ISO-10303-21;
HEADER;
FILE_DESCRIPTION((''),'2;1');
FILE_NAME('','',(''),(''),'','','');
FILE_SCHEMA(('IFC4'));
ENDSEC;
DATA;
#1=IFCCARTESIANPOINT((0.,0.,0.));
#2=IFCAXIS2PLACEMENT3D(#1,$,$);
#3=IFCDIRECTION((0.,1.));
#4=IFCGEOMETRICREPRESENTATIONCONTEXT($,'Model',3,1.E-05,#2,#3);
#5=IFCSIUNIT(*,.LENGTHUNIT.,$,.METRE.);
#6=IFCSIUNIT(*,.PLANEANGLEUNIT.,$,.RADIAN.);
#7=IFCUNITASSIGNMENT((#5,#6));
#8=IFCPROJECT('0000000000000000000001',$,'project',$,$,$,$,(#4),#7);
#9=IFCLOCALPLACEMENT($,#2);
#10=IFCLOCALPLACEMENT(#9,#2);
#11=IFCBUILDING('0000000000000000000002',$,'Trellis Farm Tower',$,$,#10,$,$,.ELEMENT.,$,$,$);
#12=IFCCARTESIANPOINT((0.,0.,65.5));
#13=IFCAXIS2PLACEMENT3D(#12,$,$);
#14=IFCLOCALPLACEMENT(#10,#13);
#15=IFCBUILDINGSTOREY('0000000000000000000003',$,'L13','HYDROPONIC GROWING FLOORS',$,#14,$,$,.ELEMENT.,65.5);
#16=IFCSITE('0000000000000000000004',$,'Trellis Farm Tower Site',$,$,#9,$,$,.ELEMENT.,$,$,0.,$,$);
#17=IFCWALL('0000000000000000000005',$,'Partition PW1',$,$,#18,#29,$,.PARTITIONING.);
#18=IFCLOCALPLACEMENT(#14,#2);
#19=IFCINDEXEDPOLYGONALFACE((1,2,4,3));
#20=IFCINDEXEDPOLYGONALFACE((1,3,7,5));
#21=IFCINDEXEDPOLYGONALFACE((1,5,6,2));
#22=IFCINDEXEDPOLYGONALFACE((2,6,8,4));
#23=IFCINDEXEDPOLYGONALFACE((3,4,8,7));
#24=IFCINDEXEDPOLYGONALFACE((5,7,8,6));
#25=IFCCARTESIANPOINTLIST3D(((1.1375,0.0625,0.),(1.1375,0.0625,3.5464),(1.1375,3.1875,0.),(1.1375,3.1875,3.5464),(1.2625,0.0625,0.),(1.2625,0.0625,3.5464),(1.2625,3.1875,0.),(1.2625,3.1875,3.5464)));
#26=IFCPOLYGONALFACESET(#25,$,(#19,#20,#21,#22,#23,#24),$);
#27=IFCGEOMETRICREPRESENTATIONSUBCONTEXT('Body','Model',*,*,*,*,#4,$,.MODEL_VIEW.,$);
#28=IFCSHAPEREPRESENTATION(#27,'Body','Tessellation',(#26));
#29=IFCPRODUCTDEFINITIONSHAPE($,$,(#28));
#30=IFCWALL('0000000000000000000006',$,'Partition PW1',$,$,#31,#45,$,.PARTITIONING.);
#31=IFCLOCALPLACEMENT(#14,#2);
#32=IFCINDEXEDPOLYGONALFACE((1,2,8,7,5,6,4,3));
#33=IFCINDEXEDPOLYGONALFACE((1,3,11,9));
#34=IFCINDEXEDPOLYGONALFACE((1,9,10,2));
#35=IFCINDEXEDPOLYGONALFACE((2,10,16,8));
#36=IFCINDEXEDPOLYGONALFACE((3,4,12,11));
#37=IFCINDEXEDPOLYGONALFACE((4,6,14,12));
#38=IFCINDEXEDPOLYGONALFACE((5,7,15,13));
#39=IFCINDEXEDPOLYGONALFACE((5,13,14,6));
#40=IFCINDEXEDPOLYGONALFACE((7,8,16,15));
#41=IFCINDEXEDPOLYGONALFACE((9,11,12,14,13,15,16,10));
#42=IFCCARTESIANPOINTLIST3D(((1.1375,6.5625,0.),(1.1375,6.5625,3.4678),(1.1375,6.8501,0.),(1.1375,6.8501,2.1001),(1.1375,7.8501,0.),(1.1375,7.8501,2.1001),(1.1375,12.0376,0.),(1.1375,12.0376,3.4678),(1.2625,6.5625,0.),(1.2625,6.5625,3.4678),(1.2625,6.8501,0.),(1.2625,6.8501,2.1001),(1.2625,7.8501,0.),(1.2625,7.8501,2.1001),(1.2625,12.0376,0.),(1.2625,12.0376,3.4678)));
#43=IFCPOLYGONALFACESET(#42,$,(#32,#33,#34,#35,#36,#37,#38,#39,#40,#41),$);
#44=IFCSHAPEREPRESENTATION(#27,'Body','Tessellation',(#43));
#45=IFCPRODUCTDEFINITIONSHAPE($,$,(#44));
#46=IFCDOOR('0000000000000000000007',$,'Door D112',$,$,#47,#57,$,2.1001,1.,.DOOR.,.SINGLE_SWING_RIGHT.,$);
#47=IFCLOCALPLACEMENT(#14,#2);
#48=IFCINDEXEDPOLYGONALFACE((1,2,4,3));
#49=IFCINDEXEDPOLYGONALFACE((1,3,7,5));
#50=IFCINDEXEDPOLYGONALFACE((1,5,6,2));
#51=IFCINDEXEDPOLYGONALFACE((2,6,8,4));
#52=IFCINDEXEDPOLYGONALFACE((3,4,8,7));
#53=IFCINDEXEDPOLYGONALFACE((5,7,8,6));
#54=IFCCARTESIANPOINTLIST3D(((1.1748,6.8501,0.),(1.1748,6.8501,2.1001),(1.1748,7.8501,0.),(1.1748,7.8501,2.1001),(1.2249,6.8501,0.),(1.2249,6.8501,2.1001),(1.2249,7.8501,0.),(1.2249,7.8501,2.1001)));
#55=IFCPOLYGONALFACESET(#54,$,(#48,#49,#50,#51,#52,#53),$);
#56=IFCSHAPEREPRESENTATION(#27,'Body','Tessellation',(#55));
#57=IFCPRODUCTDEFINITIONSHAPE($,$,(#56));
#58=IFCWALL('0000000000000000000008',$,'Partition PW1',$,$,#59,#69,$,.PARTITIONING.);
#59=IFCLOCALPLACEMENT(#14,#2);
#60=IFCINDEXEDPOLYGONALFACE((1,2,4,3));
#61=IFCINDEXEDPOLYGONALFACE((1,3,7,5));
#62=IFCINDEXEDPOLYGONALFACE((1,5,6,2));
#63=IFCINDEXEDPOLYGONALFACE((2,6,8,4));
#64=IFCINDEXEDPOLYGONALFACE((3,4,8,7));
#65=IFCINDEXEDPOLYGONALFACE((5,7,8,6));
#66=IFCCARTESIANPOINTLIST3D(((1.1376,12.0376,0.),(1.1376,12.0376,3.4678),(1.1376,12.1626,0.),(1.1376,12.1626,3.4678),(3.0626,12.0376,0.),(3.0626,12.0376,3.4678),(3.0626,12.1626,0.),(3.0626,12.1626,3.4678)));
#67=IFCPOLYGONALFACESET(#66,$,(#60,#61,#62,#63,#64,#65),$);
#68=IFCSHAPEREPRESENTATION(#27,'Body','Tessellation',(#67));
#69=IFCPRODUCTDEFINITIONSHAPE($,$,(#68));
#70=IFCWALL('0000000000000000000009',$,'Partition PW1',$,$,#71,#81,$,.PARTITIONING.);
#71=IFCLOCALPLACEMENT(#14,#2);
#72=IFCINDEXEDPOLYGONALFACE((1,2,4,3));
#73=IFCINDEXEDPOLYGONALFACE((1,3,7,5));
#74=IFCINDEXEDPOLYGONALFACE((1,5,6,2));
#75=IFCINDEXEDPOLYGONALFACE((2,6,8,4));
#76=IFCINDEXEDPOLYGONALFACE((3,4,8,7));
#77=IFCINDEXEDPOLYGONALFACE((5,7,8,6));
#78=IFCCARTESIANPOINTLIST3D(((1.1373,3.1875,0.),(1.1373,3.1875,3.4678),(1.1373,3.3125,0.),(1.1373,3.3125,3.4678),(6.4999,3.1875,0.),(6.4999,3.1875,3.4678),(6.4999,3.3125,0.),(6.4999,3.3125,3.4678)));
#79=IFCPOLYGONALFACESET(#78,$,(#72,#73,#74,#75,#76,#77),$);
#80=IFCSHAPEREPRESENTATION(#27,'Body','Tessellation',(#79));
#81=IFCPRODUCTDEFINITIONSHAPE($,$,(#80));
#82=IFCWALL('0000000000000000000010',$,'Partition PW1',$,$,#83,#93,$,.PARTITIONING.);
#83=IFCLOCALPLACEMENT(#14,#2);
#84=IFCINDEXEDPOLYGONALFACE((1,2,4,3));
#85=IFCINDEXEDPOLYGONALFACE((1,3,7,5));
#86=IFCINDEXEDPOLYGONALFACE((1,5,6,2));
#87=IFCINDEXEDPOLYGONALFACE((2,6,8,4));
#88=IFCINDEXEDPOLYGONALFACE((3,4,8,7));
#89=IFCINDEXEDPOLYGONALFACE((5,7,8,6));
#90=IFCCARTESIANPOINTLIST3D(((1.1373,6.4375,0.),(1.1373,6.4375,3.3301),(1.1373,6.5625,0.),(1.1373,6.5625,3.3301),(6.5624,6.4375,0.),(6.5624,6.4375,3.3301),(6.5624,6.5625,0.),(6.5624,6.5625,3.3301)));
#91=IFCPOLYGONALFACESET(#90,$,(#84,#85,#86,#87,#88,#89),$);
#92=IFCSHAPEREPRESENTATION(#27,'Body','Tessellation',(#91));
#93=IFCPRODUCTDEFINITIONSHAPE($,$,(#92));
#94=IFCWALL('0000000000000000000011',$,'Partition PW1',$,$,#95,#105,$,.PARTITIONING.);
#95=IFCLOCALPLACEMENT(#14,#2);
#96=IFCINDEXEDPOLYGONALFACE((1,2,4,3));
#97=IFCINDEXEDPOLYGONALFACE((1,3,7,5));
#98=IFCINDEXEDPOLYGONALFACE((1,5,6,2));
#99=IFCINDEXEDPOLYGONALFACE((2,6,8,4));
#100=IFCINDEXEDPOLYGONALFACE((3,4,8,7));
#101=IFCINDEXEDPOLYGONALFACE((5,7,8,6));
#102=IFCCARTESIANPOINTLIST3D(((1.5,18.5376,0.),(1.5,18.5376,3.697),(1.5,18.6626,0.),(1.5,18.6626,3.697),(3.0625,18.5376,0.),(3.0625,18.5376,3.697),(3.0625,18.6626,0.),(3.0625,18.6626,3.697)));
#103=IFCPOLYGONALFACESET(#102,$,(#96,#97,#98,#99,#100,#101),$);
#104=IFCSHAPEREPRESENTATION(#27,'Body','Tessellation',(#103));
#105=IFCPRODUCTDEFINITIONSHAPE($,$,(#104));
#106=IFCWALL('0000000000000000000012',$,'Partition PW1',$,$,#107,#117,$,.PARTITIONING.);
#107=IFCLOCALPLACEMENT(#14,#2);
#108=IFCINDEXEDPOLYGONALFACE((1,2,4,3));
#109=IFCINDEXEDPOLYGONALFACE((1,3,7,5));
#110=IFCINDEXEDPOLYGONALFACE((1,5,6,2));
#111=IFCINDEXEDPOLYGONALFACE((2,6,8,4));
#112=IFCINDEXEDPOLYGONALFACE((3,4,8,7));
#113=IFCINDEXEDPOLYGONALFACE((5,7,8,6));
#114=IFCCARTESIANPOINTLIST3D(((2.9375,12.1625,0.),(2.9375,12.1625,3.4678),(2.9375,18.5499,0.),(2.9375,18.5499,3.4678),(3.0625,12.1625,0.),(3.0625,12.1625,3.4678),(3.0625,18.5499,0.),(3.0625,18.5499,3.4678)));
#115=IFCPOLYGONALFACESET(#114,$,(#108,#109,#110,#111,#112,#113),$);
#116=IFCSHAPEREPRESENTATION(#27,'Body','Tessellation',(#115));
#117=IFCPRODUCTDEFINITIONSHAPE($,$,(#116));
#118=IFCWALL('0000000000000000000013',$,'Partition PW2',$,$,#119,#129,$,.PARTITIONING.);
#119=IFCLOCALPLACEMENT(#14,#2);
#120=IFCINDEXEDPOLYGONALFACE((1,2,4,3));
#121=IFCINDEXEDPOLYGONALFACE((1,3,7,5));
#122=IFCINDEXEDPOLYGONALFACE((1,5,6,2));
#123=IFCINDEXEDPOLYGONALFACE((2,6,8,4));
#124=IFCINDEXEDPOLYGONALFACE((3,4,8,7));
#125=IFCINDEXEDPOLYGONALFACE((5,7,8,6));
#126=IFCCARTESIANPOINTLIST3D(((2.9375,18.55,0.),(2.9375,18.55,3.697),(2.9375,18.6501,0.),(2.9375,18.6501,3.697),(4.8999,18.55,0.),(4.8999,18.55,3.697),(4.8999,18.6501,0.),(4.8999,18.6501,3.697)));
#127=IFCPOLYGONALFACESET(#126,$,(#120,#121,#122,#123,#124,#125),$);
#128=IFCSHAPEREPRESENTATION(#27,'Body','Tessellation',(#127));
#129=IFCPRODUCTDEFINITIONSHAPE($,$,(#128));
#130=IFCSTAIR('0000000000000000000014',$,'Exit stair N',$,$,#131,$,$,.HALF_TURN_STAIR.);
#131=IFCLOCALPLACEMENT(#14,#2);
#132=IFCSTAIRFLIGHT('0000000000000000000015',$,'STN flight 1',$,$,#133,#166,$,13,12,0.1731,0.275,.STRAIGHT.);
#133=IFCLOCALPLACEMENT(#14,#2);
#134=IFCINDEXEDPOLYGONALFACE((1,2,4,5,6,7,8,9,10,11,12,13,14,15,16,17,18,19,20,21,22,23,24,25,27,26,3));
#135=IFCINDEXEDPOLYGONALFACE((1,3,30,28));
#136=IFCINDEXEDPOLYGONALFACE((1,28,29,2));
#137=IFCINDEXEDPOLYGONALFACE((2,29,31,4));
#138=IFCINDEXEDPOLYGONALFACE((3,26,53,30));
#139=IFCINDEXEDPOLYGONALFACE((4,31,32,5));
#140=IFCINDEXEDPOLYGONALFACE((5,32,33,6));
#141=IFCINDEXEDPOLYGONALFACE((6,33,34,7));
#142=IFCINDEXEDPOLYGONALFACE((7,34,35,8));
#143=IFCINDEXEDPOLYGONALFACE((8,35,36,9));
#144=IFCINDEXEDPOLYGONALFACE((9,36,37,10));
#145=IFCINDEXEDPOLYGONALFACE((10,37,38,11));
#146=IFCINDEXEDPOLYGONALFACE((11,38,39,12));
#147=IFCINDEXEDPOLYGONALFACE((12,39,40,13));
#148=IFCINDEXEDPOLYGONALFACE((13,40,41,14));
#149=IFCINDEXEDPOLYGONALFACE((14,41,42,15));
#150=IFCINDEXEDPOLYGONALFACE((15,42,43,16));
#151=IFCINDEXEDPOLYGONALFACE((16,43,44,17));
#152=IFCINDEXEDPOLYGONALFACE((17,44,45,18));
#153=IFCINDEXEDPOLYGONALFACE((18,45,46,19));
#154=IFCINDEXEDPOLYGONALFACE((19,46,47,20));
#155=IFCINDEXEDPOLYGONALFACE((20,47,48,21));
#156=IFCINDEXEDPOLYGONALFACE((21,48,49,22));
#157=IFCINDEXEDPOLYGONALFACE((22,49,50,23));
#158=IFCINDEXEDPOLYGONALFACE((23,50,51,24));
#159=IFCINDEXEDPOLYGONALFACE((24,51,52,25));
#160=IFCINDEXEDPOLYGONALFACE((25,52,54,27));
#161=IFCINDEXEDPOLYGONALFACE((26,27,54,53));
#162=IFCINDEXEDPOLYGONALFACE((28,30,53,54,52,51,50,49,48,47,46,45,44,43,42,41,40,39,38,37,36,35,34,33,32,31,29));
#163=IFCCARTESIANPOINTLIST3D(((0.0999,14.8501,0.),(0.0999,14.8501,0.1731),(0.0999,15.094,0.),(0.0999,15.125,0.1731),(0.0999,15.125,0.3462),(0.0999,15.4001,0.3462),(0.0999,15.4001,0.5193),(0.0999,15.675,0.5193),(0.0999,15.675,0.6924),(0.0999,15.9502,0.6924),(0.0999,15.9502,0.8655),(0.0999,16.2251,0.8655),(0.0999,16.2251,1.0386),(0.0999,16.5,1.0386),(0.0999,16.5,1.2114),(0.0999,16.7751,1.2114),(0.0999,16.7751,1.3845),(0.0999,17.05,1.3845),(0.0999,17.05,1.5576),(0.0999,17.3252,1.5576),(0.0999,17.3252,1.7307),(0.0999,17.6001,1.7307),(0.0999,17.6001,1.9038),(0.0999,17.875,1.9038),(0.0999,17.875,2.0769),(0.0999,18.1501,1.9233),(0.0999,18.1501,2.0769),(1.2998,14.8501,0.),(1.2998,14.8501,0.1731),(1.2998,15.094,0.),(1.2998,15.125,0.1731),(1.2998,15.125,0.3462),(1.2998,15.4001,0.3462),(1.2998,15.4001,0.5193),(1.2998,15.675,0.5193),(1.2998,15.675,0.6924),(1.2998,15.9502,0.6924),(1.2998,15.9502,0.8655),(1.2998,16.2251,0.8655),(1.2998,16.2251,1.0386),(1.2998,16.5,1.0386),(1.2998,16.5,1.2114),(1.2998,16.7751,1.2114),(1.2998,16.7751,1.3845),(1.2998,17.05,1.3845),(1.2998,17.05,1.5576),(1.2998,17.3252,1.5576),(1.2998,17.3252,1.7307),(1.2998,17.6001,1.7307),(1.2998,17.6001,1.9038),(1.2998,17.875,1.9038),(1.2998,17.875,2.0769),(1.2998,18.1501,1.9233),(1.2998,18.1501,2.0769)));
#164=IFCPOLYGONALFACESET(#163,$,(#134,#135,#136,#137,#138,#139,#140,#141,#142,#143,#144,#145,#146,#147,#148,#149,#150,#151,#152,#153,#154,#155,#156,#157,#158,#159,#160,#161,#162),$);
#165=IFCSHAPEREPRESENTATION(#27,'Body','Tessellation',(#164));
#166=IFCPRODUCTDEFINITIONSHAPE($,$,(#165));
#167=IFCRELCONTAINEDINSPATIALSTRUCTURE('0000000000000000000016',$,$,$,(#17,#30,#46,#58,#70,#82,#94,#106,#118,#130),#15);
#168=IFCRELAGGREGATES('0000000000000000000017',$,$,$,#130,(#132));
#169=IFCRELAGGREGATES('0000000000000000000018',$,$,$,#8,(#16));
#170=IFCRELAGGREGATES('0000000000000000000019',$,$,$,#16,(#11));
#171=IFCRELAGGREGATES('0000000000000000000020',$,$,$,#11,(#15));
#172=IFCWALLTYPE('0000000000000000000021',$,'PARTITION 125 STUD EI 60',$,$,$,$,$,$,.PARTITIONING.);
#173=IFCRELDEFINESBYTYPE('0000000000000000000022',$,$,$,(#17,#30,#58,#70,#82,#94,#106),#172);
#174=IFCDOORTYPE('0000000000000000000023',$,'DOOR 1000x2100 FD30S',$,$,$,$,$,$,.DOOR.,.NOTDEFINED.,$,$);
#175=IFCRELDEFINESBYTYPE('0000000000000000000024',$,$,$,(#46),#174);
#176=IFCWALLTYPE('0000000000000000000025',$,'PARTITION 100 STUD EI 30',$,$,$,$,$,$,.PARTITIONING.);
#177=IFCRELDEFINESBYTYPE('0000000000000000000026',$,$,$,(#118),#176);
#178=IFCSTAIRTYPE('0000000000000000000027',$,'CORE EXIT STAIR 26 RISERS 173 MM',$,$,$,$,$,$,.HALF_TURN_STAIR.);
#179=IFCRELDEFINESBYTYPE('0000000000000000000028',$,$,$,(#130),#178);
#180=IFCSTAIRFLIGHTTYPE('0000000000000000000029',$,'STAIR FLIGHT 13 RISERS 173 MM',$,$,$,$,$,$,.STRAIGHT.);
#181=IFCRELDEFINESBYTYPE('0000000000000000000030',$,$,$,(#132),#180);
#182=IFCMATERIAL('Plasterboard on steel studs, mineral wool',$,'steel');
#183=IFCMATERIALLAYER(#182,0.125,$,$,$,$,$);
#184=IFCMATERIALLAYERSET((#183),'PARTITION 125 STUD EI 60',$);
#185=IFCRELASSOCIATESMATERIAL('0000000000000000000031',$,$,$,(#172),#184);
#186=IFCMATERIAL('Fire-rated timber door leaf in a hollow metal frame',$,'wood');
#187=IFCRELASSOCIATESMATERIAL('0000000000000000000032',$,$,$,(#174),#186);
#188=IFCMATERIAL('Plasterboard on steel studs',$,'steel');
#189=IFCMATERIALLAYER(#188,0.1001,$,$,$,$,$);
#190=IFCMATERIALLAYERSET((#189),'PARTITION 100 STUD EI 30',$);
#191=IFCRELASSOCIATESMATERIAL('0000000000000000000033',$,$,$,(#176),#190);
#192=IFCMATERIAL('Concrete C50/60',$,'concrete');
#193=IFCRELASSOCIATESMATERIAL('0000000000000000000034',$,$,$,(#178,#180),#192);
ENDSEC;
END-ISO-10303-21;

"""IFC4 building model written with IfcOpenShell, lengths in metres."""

from ifc_helpers import new_model, si_unit, direction, frame, frame_2d, origin, place, context, subcontext, project, spatial, polyline, rectangle, outline, extrude, source, transform, mapped, material, layer, layer_set, type_object, element, fill, aggregate, save


model = new_model("IFC4")

# Units and contexts
model_context = context("Model", 3, precision=1e-05, world=origin(), true_north=direction((0.0, 1.0)))
body_context = subcontext(model_context, "Body", "Model", "MODEL_VIEW")
ifc_project = project(units=[si_unit("LENGTHUNIT", "METRE"), si_unit("PLANEANGLEUNIT", "RADIAN")], contexts=[model_context])

# Site, building, storey
site_placement = place(None, origin())
site = spatial("IfcSite", under=ifc_project, at=site_placement, Name="Trellis Farm Tower Site", CompositionType="ELEMENT", RefElevation=0.0)
building_placement = place(site_placement, origin())
building = spatial("IfcBuilding", under=site, at=building_placement, Name="Trellis Farm Tower", CompositionType="ELEMENT")
storey_placement = place(building_placement, frame((0.0, 0.0, 65.5)))
storey = spatial("IfcBuildingStorey", under=building, at=storey_placement, Name="L13", Description="HYDROPONIC GROWING FLOORS", CompositionType="ELEMENT", Elevation=65.5)

# Shared definitions
placement_1 = place(storey_placement, origin())

# Wall
ifc_material_1 = material(Name="Plasterboard on steel studs, mineral wool", Category="steel")
ifc_layer_1 = layer(ifc_material_1, 0.125)
ifc_layer_set_1 = layer_set([ifc_layer_1], Name="PARTITION 125 STUD EI 60")
wall_type_1 = type_object("IfcWallType", Name="PARTITION 125 STUD EI 60", PredefinedType="PARTITIONING", material=ifc_layer_set_1)
shared_shape_1 = source(origin(), body_context, "Body", "SweptSolid", [
    extrude(rectangle(XDim=3.125, YDim=0.125, at=frame_2d((1.5625, 0.0))), origin(), (0.0, 0.0, 1.0), 3.5464),
])
wall_1_placement = place(storey_placement, frame((1.2, 3.1875, 0.0), z_axis=(0.0, 0.0, 1.0), x_axis=(0.0, -1.0, 0.0)))
element("IfcWall", 1, at=wall_1_placement, inside=storey, type_object=wall_type_1, Name="Partition PW1", PredefinedType="PARTITIONING", context=body_context, shape_type="MappedRepresentation", body=[
    mapped(shared_shape_1, transform((0.0, 0.0, 0.0))),
])

# Wall, opening, door
shared_shape_2 = source(origin(), body_context, "Body", "SweptSolid", [
    extrude(rectangle(XDim=5.4751, YDim=0.125, at=frame_2d((2.7375, 0.0))), origin(), (0.0, 0.0, 1.0), 3.4678),
])
wall_2_placement = place(storey_placement, frame((1.2, 12.0376, 0.0), z_axis=(0.0, 0.0, 1.0), x_axis=(0.0, -1.0, 0.0)))
wall_2 = element("IfcWall", 2, at=wall_2_placement, inside=storey, type_object=wall_type_1, Name="Partition PW1", PredefinedType="PARTITIONING", context=body_context, shape_type="MappedRepresentation", body=[
    mapped(shared_shape_2, transform((0.0, 0.0, 0.0))),
])
shared_shape_3 = source(origin(), body_context, "Body", "SweptSolid", [
    extrude(rectangle(XDim=1.0, YDim=2.1001, at=frame_2d((0.5, 1.05))), frame((0.0, 0.0725, 0.0), z_axis=(0.0, -1.0, 0.0), x_axis=(1.0, 0.0, 0.0)), (0.0, 0.0, 1.0), 0.145),
])
opening_placement = place(wall_2_placement, frame((4.1875, 0.0, 0.0)))
opening = element("IfcOpeningElement", 3, at=opening_placement, cuts=wall_2, PredefinedType="OPENING", context=body_context, shape_type="MappedRepresentation", body=[
    mapped(shared_shape_3, transform((0.0, 0.0, 0.0))),
])
ifc_material_2 = material(Name="Fire-rated timber door leaf in a hollow metal frame", Category="wood")
door_type = type_object("IfcDoorType", Name="DOOR 1000x2100 FD30S", OperationType="NOTDEFINED", PredefinedType="DOOR", material=ifc_material_2)
shared_shape_4 = source(origin(), body_context, "Body", "SweptSolid", [
    extrude(rectangle(XDim=1.0, YDim=2.1001, at=frame_2d((0.5, 1.05))), frame((0.0, 0.0249, 0.0), z_axis=(0.0, -1.0, 0.0), x_axis=(1.0, 0.0, 0.0)), (0.0, 0.0, 1.0), 0.05),
])
door_placement = place(opening_placement, origin())
door = element("IfcDoor", 4, at=door_placement, inside=storey, type_object=door_type, Name="Door D112", OperationType="SINGLE_SWING_RIGHT", OverallHeight=2.1001, OverallWidth=1.0, PredefinedType="DOOR", context=body_context, shape_type="MappedRepresentation", body=[
    mapped(shared_shape_4, transform((0.0, 0.0, 0.0))),
])
fill(opening, door)

# Walls
shared_shape_5 = source(origin(), body_context, "Body", "SweptSolid", [
    extrude(rectangle(XDim=1.925, YDim=0.125, at=frame_2d((0.9624, 0.0))), origin(), (0.0, 0.0, 1.0), 3.4678),
])
wall_3_placement = place(storey_placement, frame((3.0625, 12.1001, 0.0), z_axis=(0.0, 0.0, 1.0), x_axis=(-1.0, 0.0, 0.0)))
element("IfcWall", 5, at=wall_3_placement, inside=storey, type_object=wall_type_1, Name="Partition PW1", PredefinedType="PARTITIONING", context=body_context, shape_type="MappedRepresentation", body=[
    mapped(shared_shape_5, transform((0.0, 0.0, 0.0))),
])
shared_shape_6 = source(origin(), body_context, "Body", "SweptSolid", [
    extrude(rectangle(XDim=5.3625, YDim=0.125, at=frame_2d((2.6812, 0.0))), origin(), (0.0, 0.0, 1.0), 3.4678),
])
wall_4_placement = place(storey_placement, frame((1.1375, 3.25, 0.0), z_axis=(0.0, 0.0, 1.0), x_axis=(1.0, 0.0, 0.0)))
element("IfcWall", 6, at=wall_4_placement, inside=storey, type_object=wall_type_1, Name="Partition PW1", PredefinedType="PARTITIONING", context=body_context, shape_type="MappedRepresentation", body=[
    mapped(shared_shape_6, transform((0.0, 0.0, 0.0))),
])
shared_shape_7 = source(origin(), body_context, "Body", "SweptSolid", [
    extrude(rectangle(XDim=5.425, YDim=0.125, at=frame_2d((2.7124, 0.0))), origin(), (0.0, 0.0, 1.0), 3.3301),
])
wall_5_placement = place(storey_placement, frame((1.1375, 6.5, 0.0), z_axis=(0.0, 0.0, 1.0), x_axis=(1.0, 0.0, 0.0)))
element("IfcWall", 7, at=wall_5_placement, inside=storey, type_object=wall_type_1, Name="Partition PW1", PredefinedType="PARTITIONING", context=body_context, shape_type="MappedRepresentation", body=[
    mapped(shared_shape_7, transform((0.0, 0.0, 0.0))),
])
shared_shape_8 = source(origin(), body_context, "Body", "SweptSolid", [
    extrude(rectangle(XDim=1.5625, YDim=0.125, at=frame_2d((0.7812, 0.0))), origin(), (0.0, 0.0, 1.0), 3.697),
])
wall_6_placement = place(storey_placement, frame((1.5, 18.6001, 0.0), z_axis=(0.0, 0.0, 1.0), x_axis=(1.0, 0.0, 0.0)))
element("IfcWall", 8, at=wall_6_placement, inside=storey, type_object=wall_type_1, Name="Partition PW1", PredefinedType="PARTITIONING", context=body_context, shape_type="MappedRepresentation", body=[
    mapped(shared_shape_8, transform((0.0, 0.0, 0.0))),
])
shared_shape_9 = source(origin(), body_context, "Body", "SweptSolid", [
    extrude(rectangle(XDim=6.3875, YDim=0.125, at=frame_2d((3.1938, 0.0))), origin(), (0.0, 0.0, 1.0), 3.4678),
])
wall_7_placement = place(storey_placement, frame((3.0, 18.55, 0.0), z_axis=(0.0, 0.0, 1.0), x_axis=(0.0, -1.0, 0.0)))
element("IfcWall", 9, at=wall_7_placement, inside=storey, type_object=wall_type_1, Name="Partition PW1", PredefinedType="PARTITIONING", context=body_context, shape_type="MappedRepresentation", body=[
    mapped(shared_shape_9, transform((0.0, 0.0, 0.0))),
])
ifc_material_3 = material(Name="Plasterboard on steel studs", Category="steel")
ifc_layer_2 = layer(ifc_material_3, 0.1001)
ifc_layer_set_2 = layer_set([ifc_layer_2], Name="PARTITION 100 STUD EI 30")
wall_type_2 = type_object("IfcWallType", Name="PARTITION 100 STUD EI 30", PredefinedType="PARTITIONING", material=ifc_layer_set_2)
shared_shape_10 = source(origin(), body_context, "Body", "SweptSolid", [
    extrude(rectangle(XDim=1.9624, YDim=0.1001, at=frame_2d((0.9812, 0.0))), origin(), (0.0, 0.0, 1.0), 3.697),
])
wall_8_placement = place(storey_placement, frame((2.9375, 18.6001, 0.0), z_axis=(0.0, 0.0, 1.0), x_axis=(1.0, 0.0, 0.0)))
element("IfcWall", 10, at=wall_8_placement, inside=storey, type_object=wall_type_2, Name="Partition PW2", PredefinedType="PARTITIONING", context=body_context, shape_type="MappedRepresentation", body=[
    mapped(shared_shape_10, transform((0.0, 0.0, 0.0))),
])

# Stair, stair flight
ifc_material_4 = material(Name="Concrete C50/60", Category="concrete")
stair_type = type_object("IfcStairType", Name="CORE EXIT STAIR 26 RISERS 173 MM", PredefinedType="HALF_TURN_STAIR", material=ifc_material_4)
stair = element("IfcStair", 11, at=placement_1, inside=storey, type_object=stair_type, Name="Exit stair N", PredefinedType="HALF_TURN_STAIR")
stair_flight_type = type_object("IfcStairFlightType", Name="STAIR FLIGHT 13 RISERS 173 MM", PredefinedType="STRAIGHT", material=ifc_material_4)
shared_shape_11 = source(origin(), body_context, "Body", "SweptSolid", [
    extrude(outline(polyline([(0.0, 0.0), (0.0, 0.1731), (0.2749, 0.1731), (0.2749, 0.3462), (0.55, 0.3462), (0.55, 0.5193), (0.825, 0.5193), (0.825, 0.6924), (1.1001, 0.6924), (1.1001, 0.8655), (1.375, 0.8655), (1.375, 1.0386), (1.6499, 1.0386), (1.6499, 1.2114), (1.925, 1.2114), (1.925, 1.3845), (2.2, 1.3845), (2.2, 1.5576), (2.4751, 1.5576), (2.4751, 1.7307), (2.75, 1.7307), (2.75, 1.9038), (3.0249, 1.9038), (3.0249, 2.0769), (3.3, 2.0769), (3.3, 2.25), (3.3, 1.9233), (0.2439, 0.0), (0.0, 0.0)])), frame((0.0, 0.6001, 0.0), z_axis=(0.0, -1.0, 0.0), x_axis=(1.0, 0.0, 0.0)), (0.0, 0.0, 1.0), 1.2),
])
stair_flight_placement = place(storey_placement, frame((0.7, 14.8501, 0.0), z_axis=(0.0, 0.0, 1.0), x_axis=(0.0, 1.0, 0.0)))
stair_flight = element("IfcStairFlight", 12, at=stair_flight_placement, type_object=stair_flight_type, Name="STN flight 1", NumberOfRisers=13, NumberOfTreads=12, PredefinedType="STRAIGHT", RiserHeight=0.1731, TreadLength=0.275, context=body_context, shape_type="MappedRepresentation", body=[
    mapped(shared_shape_11, transform((0.0, 0.0, 0.0))),
])
aggregate(stair, [stair_flight])

save(model, "model.ifc")
